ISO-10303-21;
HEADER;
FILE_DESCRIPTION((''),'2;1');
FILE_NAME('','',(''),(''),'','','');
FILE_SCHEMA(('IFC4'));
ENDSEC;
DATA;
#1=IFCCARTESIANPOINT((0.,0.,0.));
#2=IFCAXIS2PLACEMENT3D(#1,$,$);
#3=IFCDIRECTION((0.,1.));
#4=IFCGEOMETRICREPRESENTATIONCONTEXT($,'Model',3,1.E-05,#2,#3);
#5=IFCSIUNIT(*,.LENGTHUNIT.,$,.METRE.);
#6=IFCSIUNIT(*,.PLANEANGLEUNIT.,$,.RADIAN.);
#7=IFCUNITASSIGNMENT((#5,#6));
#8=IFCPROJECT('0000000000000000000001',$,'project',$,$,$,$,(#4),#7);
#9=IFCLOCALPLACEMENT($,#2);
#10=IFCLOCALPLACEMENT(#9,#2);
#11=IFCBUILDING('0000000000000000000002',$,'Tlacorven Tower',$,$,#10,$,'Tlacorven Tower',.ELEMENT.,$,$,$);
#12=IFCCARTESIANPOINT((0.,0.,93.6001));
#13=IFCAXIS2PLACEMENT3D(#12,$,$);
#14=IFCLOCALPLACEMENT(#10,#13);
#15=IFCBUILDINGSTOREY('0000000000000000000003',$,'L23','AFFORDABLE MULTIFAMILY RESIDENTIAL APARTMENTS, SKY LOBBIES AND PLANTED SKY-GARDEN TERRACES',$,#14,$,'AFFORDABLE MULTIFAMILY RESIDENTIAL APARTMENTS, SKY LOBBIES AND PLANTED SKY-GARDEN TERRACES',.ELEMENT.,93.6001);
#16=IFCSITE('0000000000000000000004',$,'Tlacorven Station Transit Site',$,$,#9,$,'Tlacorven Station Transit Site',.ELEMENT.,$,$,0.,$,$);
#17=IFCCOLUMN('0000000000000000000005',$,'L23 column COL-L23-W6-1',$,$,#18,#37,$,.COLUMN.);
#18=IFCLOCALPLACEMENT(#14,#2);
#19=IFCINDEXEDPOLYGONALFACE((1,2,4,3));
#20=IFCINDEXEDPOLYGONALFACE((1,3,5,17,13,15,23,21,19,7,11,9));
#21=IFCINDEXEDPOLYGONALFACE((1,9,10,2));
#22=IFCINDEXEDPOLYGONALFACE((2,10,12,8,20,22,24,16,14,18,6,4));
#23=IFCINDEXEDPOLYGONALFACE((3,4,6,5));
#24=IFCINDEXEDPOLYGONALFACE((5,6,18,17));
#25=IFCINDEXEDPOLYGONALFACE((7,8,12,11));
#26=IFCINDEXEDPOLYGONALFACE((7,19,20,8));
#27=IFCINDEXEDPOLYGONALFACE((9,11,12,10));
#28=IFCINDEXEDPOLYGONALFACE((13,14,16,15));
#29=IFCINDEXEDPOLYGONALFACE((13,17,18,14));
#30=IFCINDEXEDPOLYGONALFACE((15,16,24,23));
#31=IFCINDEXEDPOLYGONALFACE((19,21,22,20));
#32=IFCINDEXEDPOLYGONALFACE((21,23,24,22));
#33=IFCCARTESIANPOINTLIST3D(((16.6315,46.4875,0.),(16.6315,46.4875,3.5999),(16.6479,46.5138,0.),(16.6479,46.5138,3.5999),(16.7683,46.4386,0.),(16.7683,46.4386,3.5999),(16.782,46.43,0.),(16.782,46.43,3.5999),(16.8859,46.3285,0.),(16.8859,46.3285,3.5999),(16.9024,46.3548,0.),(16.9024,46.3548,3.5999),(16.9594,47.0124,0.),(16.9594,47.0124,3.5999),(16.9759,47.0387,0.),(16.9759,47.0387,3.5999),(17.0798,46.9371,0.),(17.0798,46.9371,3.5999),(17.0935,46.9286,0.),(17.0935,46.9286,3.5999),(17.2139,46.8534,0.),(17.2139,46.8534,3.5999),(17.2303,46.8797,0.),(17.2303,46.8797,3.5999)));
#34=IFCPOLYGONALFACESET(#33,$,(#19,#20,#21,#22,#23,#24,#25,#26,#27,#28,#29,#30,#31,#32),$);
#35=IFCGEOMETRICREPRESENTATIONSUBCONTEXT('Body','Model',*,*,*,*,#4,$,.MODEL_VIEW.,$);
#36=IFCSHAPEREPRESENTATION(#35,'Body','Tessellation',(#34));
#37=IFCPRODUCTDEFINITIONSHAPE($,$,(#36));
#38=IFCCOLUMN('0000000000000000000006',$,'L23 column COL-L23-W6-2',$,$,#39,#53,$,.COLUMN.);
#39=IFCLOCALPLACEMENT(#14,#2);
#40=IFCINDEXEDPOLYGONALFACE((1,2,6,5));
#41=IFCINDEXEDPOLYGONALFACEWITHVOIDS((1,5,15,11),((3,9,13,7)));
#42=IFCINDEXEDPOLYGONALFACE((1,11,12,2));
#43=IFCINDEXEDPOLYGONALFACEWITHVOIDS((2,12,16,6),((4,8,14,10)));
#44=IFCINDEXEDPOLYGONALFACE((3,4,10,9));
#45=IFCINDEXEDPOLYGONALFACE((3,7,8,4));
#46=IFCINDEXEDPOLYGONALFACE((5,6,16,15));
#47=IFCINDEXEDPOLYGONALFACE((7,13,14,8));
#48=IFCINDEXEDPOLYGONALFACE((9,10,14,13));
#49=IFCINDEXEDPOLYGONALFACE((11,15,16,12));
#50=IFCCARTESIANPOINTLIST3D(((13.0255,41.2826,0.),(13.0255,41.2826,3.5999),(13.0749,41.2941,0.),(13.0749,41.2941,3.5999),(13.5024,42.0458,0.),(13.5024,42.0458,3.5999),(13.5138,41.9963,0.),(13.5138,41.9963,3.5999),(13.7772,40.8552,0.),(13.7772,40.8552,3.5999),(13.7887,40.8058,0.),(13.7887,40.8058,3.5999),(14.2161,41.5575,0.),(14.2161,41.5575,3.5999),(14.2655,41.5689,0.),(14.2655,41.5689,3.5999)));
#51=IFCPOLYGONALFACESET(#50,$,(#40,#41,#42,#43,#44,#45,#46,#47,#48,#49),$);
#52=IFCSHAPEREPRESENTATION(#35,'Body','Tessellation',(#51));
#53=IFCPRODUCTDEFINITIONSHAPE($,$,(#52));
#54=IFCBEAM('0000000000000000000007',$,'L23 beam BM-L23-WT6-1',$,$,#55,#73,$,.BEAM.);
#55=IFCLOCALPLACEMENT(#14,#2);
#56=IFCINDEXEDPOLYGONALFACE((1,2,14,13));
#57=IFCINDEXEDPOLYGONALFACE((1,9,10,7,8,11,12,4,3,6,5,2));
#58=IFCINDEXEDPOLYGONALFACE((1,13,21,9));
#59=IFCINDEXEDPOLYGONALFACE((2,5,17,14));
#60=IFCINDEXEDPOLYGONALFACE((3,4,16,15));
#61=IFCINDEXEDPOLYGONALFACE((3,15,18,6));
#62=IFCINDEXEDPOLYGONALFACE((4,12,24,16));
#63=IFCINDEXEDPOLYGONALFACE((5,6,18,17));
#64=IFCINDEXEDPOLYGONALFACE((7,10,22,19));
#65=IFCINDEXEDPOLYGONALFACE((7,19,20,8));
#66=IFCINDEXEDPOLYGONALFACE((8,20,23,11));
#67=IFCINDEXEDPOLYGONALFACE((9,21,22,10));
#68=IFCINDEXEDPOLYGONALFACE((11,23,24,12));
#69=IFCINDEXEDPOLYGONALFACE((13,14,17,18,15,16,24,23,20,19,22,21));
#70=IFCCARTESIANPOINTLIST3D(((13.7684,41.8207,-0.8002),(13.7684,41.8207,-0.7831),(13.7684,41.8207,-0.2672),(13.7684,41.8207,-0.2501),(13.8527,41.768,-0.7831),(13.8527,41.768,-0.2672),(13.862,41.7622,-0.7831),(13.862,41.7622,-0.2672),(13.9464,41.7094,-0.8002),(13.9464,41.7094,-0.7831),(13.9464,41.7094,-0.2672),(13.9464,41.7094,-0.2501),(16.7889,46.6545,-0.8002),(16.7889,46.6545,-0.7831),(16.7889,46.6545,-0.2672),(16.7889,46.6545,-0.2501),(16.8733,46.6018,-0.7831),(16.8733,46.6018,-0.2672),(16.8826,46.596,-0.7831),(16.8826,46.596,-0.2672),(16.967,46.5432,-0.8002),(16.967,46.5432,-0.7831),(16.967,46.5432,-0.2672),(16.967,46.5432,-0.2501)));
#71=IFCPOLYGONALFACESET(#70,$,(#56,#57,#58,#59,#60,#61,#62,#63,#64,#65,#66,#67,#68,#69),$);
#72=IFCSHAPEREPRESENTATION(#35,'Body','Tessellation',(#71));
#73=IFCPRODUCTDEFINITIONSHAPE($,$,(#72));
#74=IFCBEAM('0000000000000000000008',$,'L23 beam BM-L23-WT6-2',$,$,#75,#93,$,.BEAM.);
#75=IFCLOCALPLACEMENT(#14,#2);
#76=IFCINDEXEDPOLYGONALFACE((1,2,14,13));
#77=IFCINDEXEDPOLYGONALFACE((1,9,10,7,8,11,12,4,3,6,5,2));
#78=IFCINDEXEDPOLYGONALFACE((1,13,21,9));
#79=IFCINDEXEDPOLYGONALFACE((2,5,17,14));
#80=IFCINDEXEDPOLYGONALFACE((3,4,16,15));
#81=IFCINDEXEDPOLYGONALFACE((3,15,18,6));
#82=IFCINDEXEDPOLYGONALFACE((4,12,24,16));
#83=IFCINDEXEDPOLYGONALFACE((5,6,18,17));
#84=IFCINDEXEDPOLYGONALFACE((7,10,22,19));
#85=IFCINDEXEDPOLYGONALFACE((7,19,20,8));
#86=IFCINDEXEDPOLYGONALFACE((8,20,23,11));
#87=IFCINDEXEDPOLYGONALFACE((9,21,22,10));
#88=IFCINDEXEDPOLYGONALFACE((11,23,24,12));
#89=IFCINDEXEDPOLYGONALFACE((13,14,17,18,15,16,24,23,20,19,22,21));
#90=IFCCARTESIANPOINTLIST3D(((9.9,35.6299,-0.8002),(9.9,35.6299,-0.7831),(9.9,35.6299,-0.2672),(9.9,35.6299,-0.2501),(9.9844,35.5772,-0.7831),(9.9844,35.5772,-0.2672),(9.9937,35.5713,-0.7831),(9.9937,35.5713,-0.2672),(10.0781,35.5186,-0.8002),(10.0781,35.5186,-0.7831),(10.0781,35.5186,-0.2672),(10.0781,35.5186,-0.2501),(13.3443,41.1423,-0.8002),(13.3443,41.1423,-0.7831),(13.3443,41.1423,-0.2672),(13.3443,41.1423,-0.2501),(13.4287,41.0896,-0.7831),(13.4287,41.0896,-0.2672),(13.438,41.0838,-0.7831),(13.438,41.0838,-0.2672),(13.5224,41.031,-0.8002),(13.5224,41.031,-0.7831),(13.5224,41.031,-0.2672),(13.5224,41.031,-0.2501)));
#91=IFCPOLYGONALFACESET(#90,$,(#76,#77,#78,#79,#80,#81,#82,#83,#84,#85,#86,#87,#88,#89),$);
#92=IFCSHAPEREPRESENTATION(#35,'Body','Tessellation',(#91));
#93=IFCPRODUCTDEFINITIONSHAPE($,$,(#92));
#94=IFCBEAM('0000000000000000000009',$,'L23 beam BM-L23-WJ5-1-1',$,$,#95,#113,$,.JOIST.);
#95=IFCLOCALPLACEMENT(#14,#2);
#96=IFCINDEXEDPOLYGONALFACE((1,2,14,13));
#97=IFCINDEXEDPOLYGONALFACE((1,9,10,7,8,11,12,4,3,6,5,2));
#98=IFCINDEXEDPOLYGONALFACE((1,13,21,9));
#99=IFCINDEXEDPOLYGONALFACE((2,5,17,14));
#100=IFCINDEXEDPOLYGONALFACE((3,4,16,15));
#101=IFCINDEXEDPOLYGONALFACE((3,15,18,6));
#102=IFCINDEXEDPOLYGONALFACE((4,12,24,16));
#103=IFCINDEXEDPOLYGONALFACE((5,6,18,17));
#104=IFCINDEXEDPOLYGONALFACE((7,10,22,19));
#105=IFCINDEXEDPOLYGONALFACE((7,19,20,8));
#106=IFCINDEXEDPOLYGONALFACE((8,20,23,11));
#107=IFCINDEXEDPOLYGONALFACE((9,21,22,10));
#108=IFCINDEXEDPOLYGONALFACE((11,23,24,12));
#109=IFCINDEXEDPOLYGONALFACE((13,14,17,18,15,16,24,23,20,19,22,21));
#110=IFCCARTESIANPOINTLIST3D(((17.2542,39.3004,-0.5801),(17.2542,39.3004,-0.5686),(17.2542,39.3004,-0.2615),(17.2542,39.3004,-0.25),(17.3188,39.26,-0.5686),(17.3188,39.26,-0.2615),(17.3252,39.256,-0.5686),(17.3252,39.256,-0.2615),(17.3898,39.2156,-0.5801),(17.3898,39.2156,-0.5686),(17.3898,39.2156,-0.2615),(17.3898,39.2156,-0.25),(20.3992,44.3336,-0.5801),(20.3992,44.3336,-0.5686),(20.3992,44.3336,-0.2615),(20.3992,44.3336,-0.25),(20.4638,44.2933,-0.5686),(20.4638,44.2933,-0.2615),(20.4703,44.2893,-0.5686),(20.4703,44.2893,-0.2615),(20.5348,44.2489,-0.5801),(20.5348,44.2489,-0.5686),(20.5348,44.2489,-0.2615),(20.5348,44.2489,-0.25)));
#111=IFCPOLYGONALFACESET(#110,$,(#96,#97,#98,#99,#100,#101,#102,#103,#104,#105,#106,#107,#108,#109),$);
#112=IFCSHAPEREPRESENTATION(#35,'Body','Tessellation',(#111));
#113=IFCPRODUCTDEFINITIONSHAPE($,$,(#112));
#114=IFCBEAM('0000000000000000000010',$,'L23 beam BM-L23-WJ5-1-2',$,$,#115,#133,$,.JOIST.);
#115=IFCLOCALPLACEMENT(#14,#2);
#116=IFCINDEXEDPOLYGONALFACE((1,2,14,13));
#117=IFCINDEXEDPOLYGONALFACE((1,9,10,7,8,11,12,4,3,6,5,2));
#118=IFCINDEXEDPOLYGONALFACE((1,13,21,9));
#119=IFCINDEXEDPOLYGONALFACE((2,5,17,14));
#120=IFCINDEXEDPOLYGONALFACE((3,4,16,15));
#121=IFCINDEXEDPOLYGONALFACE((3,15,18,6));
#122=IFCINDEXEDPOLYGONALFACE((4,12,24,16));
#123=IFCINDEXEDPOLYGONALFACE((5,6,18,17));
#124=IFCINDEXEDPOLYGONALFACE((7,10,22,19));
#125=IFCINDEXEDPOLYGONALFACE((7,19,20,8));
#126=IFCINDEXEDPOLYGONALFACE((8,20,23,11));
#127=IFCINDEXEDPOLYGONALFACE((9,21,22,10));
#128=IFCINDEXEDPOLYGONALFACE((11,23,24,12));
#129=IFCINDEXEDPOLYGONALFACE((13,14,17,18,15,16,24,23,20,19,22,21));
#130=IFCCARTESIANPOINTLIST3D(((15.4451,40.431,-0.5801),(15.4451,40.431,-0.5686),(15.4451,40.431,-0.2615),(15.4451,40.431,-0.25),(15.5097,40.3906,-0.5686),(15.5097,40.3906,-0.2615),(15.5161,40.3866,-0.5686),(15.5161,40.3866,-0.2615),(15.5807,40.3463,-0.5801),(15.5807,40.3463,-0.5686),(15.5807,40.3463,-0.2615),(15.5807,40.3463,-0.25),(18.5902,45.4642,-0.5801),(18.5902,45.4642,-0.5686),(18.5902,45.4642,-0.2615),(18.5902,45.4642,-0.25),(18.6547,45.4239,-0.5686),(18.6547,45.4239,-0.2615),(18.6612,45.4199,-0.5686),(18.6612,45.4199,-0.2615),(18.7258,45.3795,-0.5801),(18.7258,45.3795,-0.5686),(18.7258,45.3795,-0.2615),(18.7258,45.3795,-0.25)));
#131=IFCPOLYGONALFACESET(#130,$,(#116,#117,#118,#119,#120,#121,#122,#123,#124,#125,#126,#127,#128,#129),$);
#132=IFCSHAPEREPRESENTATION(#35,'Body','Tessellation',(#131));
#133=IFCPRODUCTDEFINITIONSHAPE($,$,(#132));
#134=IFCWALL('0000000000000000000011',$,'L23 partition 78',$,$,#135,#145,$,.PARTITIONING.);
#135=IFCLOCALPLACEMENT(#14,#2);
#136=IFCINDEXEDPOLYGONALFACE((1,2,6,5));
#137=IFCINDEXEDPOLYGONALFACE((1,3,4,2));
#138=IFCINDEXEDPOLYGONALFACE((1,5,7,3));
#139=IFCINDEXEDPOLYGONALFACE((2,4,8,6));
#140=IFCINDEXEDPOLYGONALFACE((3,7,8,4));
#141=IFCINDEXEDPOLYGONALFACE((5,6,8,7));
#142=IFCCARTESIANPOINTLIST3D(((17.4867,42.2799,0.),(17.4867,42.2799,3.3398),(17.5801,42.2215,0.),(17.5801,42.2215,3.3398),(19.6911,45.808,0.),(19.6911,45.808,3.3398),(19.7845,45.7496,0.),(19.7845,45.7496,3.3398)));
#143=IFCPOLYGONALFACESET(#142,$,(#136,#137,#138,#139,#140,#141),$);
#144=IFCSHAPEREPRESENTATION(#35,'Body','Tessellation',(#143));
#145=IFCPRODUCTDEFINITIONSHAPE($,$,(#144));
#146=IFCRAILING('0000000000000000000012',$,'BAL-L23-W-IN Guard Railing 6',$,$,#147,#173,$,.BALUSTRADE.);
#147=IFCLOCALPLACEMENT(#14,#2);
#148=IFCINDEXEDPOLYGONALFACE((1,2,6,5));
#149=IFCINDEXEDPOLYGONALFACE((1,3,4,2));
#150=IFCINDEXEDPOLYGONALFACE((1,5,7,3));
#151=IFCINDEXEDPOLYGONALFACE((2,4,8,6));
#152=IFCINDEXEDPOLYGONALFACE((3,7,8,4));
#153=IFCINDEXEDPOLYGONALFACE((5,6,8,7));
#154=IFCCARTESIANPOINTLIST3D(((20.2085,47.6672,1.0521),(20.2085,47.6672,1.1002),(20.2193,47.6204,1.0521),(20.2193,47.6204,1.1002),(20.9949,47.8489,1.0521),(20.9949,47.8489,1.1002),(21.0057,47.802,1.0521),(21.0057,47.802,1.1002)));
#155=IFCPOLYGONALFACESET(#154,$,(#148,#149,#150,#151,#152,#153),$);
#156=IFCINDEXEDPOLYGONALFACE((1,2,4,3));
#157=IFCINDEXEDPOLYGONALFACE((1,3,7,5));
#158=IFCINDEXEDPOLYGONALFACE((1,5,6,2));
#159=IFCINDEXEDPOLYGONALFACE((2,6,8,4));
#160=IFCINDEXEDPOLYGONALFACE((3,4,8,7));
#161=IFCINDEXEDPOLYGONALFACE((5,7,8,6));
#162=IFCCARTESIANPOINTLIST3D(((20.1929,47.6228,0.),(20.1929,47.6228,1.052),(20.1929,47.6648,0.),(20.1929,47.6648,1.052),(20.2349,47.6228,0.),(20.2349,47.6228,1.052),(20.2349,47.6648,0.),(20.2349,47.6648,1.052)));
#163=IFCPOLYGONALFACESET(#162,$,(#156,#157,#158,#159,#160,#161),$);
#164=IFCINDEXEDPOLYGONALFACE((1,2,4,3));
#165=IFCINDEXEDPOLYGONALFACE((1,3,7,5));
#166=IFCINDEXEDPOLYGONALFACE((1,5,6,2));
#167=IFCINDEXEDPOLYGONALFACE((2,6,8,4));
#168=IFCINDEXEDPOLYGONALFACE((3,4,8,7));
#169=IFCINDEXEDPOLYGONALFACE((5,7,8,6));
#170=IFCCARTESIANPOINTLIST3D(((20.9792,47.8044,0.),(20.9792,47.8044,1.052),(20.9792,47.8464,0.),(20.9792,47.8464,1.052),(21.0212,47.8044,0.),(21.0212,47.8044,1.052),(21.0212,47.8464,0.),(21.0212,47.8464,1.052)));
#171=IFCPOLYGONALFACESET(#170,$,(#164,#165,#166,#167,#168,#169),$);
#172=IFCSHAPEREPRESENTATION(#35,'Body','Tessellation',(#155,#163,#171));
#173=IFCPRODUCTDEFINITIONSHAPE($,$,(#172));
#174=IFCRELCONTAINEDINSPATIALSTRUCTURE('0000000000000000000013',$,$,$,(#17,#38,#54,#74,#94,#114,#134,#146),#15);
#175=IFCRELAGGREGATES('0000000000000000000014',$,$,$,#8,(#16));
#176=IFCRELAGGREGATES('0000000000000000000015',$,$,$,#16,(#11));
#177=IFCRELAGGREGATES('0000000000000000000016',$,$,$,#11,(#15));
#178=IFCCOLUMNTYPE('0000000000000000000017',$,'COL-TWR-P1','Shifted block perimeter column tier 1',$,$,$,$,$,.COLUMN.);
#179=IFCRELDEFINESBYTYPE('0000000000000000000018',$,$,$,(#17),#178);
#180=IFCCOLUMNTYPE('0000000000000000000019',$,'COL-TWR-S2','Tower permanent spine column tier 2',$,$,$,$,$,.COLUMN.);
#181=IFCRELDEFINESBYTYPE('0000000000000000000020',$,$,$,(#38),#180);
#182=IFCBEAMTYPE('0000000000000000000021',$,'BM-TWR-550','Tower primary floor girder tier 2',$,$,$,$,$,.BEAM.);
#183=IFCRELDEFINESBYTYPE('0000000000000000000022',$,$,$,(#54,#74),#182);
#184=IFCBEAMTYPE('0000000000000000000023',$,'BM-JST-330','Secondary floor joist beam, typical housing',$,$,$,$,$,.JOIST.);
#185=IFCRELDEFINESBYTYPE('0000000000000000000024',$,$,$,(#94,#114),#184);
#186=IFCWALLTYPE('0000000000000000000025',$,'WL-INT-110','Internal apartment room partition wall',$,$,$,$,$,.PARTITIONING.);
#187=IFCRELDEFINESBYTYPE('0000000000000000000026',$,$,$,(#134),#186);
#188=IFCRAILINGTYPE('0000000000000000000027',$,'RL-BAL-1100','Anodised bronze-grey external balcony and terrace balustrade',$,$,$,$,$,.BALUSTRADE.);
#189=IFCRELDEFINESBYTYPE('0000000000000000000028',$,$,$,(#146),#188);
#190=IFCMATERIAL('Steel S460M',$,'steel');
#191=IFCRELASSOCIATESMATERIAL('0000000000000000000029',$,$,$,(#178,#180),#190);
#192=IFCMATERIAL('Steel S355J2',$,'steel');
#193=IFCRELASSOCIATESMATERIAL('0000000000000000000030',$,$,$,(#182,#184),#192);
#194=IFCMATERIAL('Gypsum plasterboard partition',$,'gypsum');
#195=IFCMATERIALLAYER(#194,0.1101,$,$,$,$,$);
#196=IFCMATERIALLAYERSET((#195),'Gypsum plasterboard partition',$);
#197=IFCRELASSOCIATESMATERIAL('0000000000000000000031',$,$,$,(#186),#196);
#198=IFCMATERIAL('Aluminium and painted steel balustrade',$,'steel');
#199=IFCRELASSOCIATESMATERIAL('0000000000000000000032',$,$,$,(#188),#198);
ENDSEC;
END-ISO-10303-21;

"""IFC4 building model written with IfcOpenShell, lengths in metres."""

from ifc_helpers import new_model, si_unit, direction, frame, frame_2d, origin, origin_2d, place, context, subcontext, project, spatial, rectangle, hollow_rectangle, i_section, extrude, source, transform, mapped, material, layer, layer_set, material_profile, profile_set, type_object, element, save


model = new_model("IFC4")

# Units and contexts
model_context = context("Model", 3, precision=1e-05, world=origin(), true_north=direction((0.0, 1.0)))
body_context = subcontext(model_context, "Body", "Model", "MODEL_VIEW")
ifc_project = project(units=[si_unit("LENGTHUNIT", "METRE"), si_unit("PLANEANGLEUNIT", "RADIAN")], contexts=[model_context])

# Site, building, storey
site_placement = place(None, origin())
site = spatial("IfcSite", under=ifc_project, at=site_placement, Name="Tlacorven Station Transit Site", LongName="Tlacorven Station Transit Site", CompositionType="ELEMENT", RefElevation=0.0)
building_placement = place(site_placement, origin())
building = spatial("IfcBuilding", under=site, at=building_placement, Name="Tlacorven Tower", LongName="Tlacorven Tower", CompositionType="ELEMENT")
storey_placement = place(building_placement, frame((0.0, 0.0, 93.6001)))
storey = spatial("IfcBuildingStorey", under=building, at=storey_placement, Name="L23", Description="AFFORDABLE MULTIFAMILY RESIDENTIAL APARTMENTS, SKY LOBBIES AND PLANTED SKY-GARDEN TERRACES", LongName="AFFORDABLE MULTIFAMILY RESIDENTIAL APARTMENTS, SKY LOBBIES AND PLANTED SKY-GARDEN TERRACES", CompositionType="ELEMENT", Elevation=93.6001)

# Columns
ifc_material_1 = material(Name="Steel S460M", Category="steel")
ifc_material_profile_1 = material_profile(ifc_material_1, i_section(OverallWidth=0.3, OverallDepth=0.6499, WebThickness=0.0161, FlangeThickness=0.031, at=origin_2d()), Name="HEB 650")
ifc_profile_set_1 = profile_set([ifc_material_profile_1], Name="Steel S460M")
column_type_1 = type_object("IfcColumnType", Name="COL-TWR-P1", Description="Shifted block perimeter column tier 1", PredefinedType="COLUMN", material=ifc_profile_set_1)
shared_shape_1 = source(origin(), body_context, "Body", "SweptSolid", [
    extrude(i_section(OverallWidth=0.3, OverallDepth=0.6499, WebThickness=0.0161, FlangeThickness=0.031, at=origin_2d()), origin(), (0.0, 0.0, 1.0), 3.5999),
])
column_1_placement = place(storey_placement, frame((16.9309, 46.6836, 0.0), z_axis=(0.0, 0.0, 1.0), x_axis=(-0.848048, 0.529919, 0.0)))
element("IfcColumn", 1, at=column_1_placement, inside=storey, type_object=column_type_1, Name="L23 column COL-L23-W6-1", PredefinedType="COLUMN", context=body_context, shape_type="MappedRepresentation", body=[
    mapped(shared_shape_1, transform((0.0, 0.0, 0.0), scale=1.0)),
])
ifc_material_profile_2 = material_profile(ifc_material_1, hollow_rectangle(XDim=0.8999, YDim=0.8999, WallThickness=0.0359, at=origin_2d()), Name="BOX 900X900X36")
ifc_profile_set_2 = profile_set([ifc_material_profile_2], Name="Steel S460M")
column_type_2 = type_object("IfcColumnType", Name="COL-TWR-S2", Description="Tower permanent spine column tier 2", PredefinedType="COLUMN", material=ifc_profile_set_2)
shared_shape_2 = source(origin(), body_context, "Body", "SweptSolid", [
    extrude(hollow_rectangle(XDim=0.8999, YDim=0.8999, WallThickness=0.0359, at=origin_2d()), origin(), (0.0, 0.0, 1.0), 3.5999),
])
column_2_placement = place(storey_placement, frame((13.6455, 41.4258, 0.0), z_axis=(0.0, 0.0, 1.0), x_axis=(-0.848048, 0.529919, 0.0)))
element("IfcColumn", 2, at=column_2_placement, inside=storey, type_object=column_type_2, Name="L23 column COL-L23-W6-2", PredefinedType="COLUMN", context=body_context, shape_type="MappedRepresentation", body=[
    mapped(shared_shape_2, transform((0.0, 0.0, 0.0), scale=1.0)),
])

# Beams
ifc_material_2 = material(Name="Steel S355J2", Category="steel")
ifc_material_profile_3 = material_profile(ifc_material_2, i_section(OverallWidth=0.21, OverallDepth=0.55, WebThickness=0.011, FlangeThickness=0.0171, at=origin_2d()), Name="IPE 550")
ifc_profile_set_3 = profile_set([ifc_material_profile_3], Name="Steel S355J2")
beam_type_1 = type_object("IfcBeamType", Name="BM-TWR-550", Description="Tower primary floor girder tier 2", PredefinedType="BEAM", material=ifc_profile_set_3)
shared_shape_3 = source(origin(), body_context, "Body", "SweptSolid", [
    extrude(i_section(OverallWidth=0.21, OverallDepth=0.55, WebThickness=0.011, FlangeThickness=0.0171, at=origin_2d()), origin(), (0.0, 0.0, 1.0), 5.7),
])
beam_1_placement = place(storey_placement, frame((16.8779, 46.5989, -0.5251), z_axis=(-0.529926, -0.848044, 0.0), x_axis=(0.848044, -0.529926, 0.0)))
element("IfcBeam", 3, at=beam_1_placement, inside=storey, type_object=beam_type_1, Name="L23 beam BM-L23-WT6-1", PredefinedType="BEAM", context=body_context, shape_type="MappedRepresentation", body=[
    mapped(shared_shape_3, transform((0.0, 0.0, 0.0), scale=1.0)),
])
shared_shape_4 = source(origin(), body_context, "Body", "SweptSolid", [
    extrude(i_section(OverallWidth=0.21, OverallDepth=0.55, WebThickness=0.011, FlangeThickness=0.0171, at=origin_2d()), origin(), (0.0, 0.0, 1.0), 6.5),
])
beam_2_placement = place(storey_placement, frame((13.4333, 41.0867, -0.5251), z_axis=(-0.529894, -0.848064, 0.0), x_axis=(0.848064, -0.529894, 0.0)))
element("IfcBeam", 4, at=beam_2_placement, inside=storey, type_object=beam_type_1, Name="L23 beam BM-L23-WT6-2", PredefinedType="BEAM", context=body_context, shape_type="MappedRepresentation", body=[
    mapped(shared_shape_4, transform((0.0, 0.0, 0.0), scale=1.0)),
])
ifc_material_profile_4 = material_profile(ifc_material_2, i_section(OverallWidth=0.1599, OverallDepth=0.3301, WebThickness=0.0076, FlangeThickness=0.0115, at=origin_2d()), Name="IPE 330")
ifc_profile_set_4 = profile_set([ifc_material_profile_4], Name="Steel S355J2")
beam_type_2 = type_object("IfcBeamType", Name="BM-JST-330", Description="Secondary floor joist beam, typical housing", PredefinedType="JOIST", material=ifc_profile_set_4)
shared_shape_5 = source(origin(), body_context, "Body", "SweptSolid", [
    extrude(i_section(OverallWidth=0.1599, OverallDepth=0.3301, WebThickness=0.0076, FlangeThickness=0.0115, at=origin_2d()), origin(), (0.0, 0.0, 1.0), 5.9351),
])
for number, where, z_axis, x_axis, name in (
    (5, (20.467, 44.2913, -0.415), (-0.52991, -0.848054, 0.0), (0.848054, -0.52991, 0.0), "L23 beam BM-L23-WJ5-1-1"),
    (6, (18.658, 45.4219, -0.415), (-0.52991, -0.848054, 0.0), (0.848054, -0.52991, 0.0), "L23 beam BM-L23-WJ5-1-2"),
):
    element("IfcBeam", number, at=place(storey_placement, frame(where, z_axis=z_axis, x_axis=x_axis)), inside=storey, type_object=beam_type_2, Name=name, PredefinedType="JOIST", context=body_context, shape_type="MappedRepresentation", body=[
        mapped(shared_shape_5, transform((0.0, 0.0, 0.0), scale=1.0)),
    ])

# Wall
ifc_material_3 = material(Name="Gypsum plasterboard partition", Category="gypsum")
ifc_layer_1 = layer(ifc_material_3, 0.1101)
ifc_layer_set_1 = layer_set([ifc_layer_1], Name="Gypsum plasterboard partition")
wall_type_1 = type_object("IfcWallType", Name="WL-INT-110", Description="Internal apartment room partition wall", PredefinedType="PARTITIONING", material=ifc_layer_set_1)
wall_1_placement = place(storey_placement, frame((19.7378, 45.7788, 0.0), z_axis=(0.0, 0.0, 1.0), x_axis=(-0.529878, -0.848074, 0.0)))
element("IfcWall", 7, at=wall_1_placement, inside=storey, type_object=wall_type_1, Name="L23 partition 78", PredefinedType="PARTITIONING", context=body_context, shape_type="SweptSolid", body=[
    extrude(rectangle(XDim=4.1602, YDim=0.1101, at=frame_2d((2.0801, 0.0))), origin(), (0.0, 0.0, 1.0), 3.3398),
])

# Railing
ifc_material_4 = material(Name="Aluminium and painted steel balustrade", Category="steel")
railing_type = type_object("IfcRailingType", Name="RL-BAL-1100", Description="Anodised bronze-grey external balcony and terrace balustrade", PredefinedType="BALUSTRADE", material=ifc_material_4)
shared_shape_6 = source(origin(), body_context, "Body", "SweptSolid", [
    extrude(rectangle(XDim=0.0481, YDim=0.0481, at=origin_2d()), frame((0.0, 0.0, 1.0762), z_axis=(0.974345, 0.225058, 0.0), x_axis=(-0.225058, 0.974345, 0.0)), (0.0, 0.0, 1.0), 0.8071),
    extrude(rectangle(XDim=0.042, YDim=0.042, at=origin_2d()), origin(), (0.0, 0.0, 1.0), 1.052),
    extrude(rectangle(XDim=0.042, YDim=0.042, at=origin_2d()), frame((0.7864, 0.1816, 0.0)), (0.0, 0.0, 1.0), 1.052),
])
railing_1_placement = place(storey_placement, frame((20.2139, 47.6438, 0.0)))
element("IfcRailing", 8, at=railing_1_placement, inside=storey, type_object=railing_type, Name="BAL-L23-W-IN Guard Railing 6", PredefinedType="BALUSTRADE", context=body_context, shape_type="MappedRepresentation", body=[
    mapped(shared_shape_6, transform((0.0, 0.0, 0.0), scale=1.0)),
])

save(model, "model.ifc")
